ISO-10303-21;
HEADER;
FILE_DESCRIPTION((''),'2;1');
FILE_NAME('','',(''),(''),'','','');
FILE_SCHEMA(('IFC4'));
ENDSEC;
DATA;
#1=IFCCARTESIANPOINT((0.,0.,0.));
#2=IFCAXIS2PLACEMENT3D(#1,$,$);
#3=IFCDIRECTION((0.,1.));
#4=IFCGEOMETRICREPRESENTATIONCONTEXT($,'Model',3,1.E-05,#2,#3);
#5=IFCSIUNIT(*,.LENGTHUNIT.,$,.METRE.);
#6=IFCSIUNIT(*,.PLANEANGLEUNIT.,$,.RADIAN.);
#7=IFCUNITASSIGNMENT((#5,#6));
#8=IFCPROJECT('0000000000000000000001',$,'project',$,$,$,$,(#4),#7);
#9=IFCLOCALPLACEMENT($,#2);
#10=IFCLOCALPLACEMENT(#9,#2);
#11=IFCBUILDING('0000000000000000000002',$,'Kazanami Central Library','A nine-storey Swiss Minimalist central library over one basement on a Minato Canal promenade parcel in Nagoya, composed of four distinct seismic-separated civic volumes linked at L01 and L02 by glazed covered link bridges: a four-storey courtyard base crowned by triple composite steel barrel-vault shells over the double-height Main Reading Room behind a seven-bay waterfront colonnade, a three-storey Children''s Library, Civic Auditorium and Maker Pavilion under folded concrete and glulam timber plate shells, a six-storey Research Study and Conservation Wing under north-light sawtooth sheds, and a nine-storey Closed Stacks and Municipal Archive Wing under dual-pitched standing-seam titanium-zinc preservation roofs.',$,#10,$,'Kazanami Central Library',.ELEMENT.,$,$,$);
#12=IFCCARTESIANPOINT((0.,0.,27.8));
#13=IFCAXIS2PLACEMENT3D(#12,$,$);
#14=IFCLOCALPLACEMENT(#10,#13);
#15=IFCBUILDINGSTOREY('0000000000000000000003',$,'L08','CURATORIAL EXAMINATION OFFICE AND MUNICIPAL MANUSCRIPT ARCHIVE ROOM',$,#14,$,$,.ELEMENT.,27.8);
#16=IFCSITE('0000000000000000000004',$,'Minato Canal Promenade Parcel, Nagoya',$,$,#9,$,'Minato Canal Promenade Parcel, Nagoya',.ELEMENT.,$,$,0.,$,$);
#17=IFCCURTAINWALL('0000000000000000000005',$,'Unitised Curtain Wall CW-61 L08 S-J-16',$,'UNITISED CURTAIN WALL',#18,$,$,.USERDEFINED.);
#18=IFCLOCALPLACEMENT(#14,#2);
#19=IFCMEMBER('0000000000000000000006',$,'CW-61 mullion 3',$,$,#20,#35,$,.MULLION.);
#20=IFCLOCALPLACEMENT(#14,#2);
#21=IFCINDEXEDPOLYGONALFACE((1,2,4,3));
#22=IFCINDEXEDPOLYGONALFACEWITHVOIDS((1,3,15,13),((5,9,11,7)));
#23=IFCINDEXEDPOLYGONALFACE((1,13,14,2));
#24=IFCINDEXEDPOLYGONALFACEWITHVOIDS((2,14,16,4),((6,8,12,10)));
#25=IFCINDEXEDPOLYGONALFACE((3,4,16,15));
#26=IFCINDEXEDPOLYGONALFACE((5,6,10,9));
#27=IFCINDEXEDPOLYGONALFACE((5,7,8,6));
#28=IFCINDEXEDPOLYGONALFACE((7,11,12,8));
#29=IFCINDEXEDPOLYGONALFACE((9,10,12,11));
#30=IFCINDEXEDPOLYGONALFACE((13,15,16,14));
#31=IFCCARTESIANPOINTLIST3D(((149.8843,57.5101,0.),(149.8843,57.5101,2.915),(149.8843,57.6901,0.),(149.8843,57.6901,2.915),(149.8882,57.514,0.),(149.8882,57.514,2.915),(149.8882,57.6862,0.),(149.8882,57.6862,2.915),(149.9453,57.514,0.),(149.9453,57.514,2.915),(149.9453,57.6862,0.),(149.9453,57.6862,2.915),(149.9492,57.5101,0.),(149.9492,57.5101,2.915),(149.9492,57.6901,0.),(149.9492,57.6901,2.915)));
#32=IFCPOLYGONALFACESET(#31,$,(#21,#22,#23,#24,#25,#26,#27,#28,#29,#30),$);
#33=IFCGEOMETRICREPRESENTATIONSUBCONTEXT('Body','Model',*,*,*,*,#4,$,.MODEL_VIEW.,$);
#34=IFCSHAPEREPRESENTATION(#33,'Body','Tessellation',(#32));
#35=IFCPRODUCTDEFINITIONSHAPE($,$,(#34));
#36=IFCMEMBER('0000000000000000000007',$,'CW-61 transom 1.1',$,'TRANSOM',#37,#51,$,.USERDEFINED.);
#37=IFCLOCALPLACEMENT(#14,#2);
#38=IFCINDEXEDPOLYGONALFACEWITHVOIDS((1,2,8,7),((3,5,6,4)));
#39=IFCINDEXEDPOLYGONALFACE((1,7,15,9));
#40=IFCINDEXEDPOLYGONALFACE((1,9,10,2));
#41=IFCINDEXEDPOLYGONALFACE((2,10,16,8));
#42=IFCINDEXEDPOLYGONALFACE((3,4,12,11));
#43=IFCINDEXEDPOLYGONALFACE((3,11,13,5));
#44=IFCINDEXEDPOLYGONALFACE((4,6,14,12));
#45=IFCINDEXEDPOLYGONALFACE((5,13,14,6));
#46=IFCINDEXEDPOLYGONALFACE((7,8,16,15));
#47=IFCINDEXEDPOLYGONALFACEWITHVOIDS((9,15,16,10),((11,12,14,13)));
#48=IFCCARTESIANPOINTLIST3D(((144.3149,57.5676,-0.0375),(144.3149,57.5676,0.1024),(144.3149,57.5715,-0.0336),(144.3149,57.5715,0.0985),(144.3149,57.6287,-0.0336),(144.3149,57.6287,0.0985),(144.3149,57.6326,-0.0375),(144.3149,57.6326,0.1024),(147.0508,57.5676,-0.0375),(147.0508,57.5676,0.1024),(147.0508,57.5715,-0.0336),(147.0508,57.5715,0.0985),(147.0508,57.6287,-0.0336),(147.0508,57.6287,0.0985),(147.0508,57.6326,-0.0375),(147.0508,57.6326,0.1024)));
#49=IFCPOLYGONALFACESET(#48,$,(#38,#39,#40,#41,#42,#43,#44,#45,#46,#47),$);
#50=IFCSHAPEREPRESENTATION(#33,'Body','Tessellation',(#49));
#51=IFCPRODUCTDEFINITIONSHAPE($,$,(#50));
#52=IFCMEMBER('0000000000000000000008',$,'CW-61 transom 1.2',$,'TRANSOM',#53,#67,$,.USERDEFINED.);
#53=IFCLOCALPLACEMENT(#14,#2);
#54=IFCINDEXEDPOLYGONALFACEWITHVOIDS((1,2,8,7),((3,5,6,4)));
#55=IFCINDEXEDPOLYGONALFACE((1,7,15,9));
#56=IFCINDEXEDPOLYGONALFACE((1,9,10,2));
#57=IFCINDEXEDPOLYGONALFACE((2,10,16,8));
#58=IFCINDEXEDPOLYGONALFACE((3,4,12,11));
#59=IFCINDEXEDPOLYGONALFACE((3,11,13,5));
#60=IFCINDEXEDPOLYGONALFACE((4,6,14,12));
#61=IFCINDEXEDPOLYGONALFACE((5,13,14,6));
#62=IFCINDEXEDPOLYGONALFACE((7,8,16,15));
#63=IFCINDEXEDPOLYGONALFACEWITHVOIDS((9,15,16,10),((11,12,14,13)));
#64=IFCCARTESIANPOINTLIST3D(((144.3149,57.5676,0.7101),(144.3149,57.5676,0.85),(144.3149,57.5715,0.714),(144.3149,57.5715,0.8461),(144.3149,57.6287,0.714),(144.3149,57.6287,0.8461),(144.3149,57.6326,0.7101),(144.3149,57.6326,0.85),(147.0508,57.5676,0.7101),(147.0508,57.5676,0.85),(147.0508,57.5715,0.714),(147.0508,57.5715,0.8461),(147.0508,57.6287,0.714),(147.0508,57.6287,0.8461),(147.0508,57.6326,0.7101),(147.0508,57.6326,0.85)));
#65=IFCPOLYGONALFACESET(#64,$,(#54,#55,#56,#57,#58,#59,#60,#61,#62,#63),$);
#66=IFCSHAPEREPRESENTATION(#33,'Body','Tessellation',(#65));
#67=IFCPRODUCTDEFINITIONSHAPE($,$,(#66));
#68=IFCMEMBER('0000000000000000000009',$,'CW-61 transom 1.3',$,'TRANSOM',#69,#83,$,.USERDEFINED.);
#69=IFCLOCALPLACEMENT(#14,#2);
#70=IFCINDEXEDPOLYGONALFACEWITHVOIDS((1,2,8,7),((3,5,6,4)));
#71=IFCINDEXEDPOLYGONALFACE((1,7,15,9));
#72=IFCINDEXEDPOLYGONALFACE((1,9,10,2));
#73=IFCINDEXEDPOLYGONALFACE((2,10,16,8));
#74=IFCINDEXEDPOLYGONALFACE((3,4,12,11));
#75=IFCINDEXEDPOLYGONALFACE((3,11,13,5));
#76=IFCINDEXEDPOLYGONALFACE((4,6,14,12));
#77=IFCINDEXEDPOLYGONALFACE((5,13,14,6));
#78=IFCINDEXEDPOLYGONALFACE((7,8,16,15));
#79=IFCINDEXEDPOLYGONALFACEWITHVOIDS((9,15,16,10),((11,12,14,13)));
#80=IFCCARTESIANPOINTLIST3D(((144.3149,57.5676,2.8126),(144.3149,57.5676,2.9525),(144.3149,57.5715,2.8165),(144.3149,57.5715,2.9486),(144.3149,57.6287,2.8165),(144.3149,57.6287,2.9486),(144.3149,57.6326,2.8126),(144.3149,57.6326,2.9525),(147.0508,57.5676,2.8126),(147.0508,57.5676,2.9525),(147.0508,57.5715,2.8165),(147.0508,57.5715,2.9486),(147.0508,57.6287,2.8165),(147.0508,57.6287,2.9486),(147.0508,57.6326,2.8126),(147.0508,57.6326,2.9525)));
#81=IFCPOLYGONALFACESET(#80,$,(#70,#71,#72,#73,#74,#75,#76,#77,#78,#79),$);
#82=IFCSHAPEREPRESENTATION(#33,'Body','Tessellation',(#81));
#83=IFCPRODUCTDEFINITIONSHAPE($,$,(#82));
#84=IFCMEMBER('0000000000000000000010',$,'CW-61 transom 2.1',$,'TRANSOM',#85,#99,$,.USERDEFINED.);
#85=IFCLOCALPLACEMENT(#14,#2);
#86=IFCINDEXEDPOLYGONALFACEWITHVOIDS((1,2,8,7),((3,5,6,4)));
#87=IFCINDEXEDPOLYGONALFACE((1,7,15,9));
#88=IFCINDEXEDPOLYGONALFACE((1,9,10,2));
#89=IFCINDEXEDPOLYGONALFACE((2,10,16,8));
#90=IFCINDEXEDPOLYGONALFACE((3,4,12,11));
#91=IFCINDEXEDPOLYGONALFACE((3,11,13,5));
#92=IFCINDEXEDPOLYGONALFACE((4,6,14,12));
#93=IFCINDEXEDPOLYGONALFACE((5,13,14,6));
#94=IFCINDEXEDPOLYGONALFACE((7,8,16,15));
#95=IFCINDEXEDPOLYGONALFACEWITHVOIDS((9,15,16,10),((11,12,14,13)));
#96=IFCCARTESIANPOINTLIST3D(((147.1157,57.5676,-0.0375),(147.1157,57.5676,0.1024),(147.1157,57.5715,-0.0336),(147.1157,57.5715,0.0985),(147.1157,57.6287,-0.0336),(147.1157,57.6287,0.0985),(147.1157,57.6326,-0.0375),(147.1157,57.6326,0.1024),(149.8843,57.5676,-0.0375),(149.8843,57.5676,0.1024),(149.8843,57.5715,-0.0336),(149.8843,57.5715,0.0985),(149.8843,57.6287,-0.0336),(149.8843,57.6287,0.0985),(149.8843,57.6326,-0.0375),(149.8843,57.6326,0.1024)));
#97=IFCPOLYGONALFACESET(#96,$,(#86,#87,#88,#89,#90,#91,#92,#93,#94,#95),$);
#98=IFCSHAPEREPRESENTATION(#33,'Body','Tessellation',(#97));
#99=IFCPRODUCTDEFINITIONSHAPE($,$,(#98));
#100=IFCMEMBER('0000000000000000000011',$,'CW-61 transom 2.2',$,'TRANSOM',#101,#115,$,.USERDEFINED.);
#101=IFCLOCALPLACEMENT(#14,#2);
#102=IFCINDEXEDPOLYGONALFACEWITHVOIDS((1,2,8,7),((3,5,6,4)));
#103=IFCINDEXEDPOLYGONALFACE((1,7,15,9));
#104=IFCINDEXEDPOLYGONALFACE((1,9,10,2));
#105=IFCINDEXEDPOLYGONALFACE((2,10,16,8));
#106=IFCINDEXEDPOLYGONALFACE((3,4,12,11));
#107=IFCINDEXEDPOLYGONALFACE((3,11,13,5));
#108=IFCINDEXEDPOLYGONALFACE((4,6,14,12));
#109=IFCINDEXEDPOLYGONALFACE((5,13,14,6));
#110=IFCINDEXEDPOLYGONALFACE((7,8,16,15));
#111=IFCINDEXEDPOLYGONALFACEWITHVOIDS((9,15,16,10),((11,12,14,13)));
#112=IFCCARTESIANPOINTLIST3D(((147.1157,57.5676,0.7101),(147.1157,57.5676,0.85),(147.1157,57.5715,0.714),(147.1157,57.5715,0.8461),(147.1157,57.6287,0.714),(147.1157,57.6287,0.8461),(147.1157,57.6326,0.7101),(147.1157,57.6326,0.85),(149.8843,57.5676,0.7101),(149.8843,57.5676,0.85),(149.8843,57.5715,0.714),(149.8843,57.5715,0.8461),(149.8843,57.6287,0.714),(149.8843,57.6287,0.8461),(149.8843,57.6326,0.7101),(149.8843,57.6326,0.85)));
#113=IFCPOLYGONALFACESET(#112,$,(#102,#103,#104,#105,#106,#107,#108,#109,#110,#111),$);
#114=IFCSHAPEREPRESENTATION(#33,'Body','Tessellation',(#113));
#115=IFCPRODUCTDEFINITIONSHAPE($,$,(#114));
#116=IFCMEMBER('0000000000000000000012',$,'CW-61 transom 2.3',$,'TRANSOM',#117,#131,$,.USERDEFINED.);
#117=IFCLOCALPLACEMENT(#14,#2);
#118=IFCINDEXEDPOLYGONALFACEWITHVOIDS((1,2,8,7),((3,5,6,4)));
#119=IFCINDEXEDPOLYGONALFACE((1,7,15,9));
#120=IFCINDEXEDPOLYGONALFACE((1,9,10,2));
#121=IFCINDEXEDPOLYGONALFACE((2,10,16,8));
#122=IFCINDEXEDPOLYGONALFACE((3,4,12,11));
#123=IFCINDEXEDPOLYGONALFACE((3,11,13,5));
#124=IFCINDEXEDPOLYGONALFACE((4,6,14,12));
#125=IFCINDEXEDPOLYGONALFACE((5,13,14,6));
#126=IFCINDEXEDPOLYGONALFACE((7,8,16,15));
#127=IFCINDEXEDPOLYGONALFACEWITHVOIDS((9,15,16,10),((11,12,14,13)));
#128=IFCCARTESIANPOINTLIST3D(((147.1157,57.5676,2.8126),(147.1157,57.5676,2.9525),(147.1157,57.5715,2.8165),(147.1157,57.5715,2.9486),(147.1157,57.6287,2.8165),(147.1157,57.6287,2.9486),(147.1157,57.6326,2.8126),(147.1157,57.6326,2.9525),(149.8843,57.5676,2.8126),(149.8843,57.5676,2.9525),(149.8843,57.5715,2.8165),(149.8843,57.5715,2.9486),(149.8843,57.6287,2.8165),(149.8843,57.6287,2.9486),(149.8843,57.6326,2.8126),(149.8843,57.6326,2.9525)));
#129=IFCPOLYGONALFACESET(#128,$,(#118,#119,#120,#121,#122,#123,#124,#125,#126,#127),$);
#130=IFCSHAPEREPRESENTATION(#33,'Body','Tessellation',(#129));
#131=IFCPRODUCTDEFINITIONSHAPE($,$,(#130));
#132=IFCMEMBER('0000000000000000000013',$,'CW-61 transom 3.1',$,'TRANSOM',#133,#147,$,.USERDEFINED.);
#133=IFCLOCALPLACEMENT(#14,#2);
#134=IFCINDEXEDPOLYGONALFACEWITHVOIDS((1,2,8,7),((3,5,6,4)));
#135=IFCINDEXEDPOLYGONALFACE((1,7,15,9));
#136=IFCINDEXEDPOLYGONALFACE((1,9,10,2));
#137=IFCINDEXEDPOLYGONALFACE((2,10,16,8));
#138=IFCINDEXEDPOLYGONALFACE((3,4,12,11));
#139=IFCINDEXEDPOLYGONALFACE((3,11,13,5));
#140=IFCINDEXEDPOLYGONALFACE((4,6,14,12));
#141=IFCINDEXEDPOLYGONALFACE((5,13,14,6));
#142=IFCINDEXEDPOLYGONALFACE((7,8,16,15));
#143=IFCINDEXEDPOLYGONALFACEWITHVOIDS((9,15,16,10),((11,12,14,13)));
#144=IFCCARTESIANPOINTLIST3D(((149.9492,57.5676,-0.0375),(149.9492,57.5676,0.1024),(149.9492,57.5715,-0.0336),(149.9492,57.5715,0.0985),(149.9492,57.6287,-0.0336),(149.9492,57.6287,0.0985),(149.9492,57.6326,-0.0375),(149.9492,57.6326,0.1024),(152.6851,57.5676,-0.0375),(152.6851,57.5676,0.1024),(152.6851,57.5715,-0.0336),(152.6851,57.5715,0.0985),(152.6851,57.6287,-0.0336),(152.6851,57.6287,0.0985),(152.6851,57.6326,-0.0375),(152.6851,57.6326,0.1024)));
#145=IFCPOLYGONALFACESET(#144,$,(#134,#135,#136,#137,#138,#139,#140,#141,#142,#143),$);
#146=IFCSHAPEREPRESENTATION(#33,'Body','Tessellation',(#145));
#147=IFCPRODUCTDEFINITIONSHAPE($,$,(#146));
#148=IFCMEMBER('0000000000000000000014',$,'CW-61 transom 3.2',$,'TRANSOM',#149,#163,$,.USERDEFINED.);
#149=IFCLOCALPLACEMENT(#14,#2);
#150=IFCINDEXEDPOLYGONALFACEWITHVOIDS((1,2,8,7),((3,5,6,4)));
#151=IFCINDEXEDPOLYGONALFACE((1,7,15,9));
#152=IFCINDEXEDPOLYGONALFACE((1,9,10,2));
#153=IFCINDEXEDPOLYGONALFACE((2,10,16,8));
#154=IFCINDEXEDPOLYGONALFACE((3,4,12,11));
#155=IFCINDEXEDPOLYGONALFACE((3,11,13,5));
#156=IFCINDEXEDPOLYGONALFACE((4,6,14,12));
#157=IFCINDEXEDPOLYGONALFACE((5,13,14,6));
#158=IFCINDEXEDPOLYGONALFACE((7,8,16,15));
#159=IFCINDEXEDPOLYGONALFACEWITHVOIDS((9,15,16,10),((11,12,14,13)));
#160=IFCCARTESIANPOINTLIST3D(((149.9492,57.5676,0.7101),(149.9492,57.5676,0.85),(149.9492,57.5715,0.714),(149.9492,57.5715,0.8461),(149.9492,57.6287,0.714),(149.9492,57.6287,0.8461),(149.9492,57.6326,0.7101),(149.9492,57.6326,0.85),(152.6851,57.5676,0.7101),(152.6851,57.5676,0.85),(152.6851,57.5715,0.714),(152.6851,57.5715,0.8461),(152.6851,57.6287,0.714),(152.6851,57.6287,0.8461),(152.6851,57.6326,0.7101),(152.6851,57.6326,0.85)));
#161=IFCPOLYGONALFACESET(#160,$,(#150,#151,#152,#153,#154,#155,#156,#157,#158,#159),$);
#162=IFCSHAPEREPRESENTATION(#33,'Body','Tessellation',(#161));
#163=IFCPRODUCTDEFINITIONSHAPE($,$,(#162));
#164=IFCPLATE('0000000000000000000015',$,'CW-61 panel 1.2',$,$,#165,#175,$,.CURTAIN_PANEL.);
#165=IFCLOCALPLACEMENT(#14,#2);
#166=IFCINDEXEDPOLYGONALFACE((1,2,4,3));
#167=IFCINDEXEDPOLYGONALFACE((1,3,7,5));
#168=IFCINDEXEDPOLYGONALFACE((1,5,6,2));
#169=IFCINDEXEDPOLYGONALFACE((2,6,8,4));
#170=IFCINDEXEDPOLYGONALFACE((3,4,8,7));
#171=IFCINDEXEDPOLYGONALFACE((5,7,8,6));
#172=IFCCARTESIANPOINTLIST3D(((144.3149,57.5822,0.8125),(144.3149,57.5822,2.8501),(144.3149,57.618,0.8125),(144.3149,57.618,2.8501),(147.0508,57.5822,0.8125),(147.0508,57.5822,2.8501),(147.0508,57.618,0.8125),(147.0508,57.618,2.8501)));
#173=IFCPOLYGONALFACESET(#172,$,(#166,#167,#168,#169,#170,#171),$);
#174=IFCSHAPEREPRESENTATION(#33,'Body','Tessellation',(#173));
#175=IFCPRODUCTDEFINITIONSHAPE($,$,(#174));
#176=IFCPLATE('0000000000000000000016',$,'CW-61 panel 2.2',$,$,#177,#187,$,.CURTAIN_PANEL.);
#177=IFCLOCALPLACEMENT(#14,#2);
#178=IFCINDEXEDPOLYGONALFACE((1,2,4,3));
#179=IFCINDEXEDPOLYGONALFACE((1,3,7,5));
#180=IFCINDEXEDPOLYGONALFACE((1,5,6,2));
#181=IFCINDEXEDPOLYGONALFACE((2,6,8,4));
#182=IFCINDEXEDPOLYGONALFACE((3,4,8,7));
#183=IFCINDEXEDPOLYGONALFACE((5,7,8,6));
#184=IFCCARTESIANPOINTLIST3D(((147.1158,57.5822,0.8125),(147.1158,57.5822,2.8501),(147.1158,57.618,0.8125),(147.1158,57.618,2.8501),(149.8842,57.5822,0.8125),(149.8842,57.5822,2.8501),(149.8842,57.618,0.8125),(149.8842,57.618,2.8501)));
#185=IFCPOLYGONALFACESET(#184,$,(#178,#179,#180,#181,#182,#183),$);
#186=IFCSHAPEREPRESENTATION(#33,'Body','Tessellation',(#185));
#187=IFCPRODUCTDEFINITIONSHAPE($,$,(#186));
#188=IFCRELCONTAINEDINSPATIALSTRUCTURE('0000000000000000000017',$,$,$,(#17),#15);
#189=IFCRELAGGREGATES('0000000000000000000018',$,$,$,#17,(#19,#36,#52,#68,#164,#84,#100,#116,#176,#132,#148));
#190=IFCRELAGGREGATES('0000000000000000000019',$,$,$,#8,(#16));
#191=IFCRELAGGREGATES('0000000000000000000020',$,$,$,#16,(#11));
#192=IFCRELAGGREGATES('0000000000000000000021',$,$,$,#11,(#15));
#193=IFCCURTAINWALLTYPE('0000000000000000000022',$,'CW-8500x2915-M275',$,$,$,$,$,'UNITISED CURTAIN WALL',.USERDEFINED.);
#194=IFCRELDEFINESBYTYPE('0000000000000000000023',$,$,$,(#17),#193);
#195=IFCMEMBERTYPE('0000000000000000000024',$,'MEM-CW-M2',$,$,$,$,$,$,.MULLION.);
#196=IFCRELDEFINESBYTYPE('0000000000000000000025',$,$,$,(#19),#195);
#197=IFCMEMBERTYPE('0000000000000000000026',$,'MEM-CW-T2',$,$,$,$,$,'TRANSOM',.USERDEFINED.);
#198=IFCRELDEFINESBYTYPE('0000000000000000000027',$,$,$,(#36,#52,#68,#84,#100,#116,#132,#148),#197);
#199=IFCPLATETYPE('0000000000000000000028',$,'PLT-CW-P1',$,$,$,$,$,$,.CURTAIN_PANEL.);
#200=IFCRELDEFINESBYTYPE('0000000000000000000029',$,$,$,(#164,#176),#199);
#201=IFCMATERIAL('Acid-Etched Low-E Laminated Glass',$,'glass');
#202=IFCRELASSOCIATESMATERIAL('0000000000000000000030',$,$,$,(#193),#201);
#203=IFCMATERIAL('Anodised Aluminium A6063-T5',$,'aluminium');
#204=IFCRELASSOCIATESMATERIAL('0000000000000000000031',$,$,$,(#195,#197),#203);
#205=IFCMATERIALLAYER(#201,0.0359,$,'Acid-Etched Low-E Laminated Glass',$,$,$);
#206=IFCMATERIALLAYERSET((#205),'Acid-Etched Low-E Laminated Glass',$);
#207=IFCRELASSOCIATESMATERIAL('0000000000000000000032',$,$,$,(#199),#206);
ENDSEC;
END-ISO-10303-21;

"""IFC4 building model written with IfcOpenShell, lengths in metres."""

from ifc_helpers import new_model, si_unit, direction, frame, origin, origin_2d, place, context, subcontext, project, spatial, rectangle, hollow_rectangle, extrude, material, layer, layer_set, material_profile, profile_set, type_object, element, aggregate, save


model = new_model("IFC4")

# Units and contexts
model_context = context("Model", 3, precision=1e-05, world=origin(), true_north=direction((0.0, 1.0)))
body_context = subcontext(model_context, "Body", "Model", "MODEL_VIEW")
ifc_project = project(units=[si_unit("LENGTHUNIT", "METRE"), si_unit("PLANEANGLEUNIT", "RADIAN")], contexts=[model_context])

# Site, building, storey
site_placement = place(None, origin())
site = spatial("IfcSite", under=ifc_project, at=site_placement, Name="Minato Canal Promenade Parcel, Nagoya", LongName="Minato Canal Promenade Parcel, Nagoya", CompositionType="ELEMENT", RefElevation=0.0)
building_placement = place(site_placement, origin())
building = spatial("IfcBuilding", under=site, at=building_placement, Name="Kazanami Central Library", Description="A nine-storey Swiss Minimalist central library over one basement on a Minato Canal promenade parcel in Nagoya, composed of four distinct seismic-separated civic volumes linked at L01 and L02 by glazed covered link bridges: a four-storey courtyard base crowned by triple composite steel barrel-vault shells over the double-height Main Reading Room behind a seven-bay waterfront colonnade, a three-storey Children's Library, Civic Auditorium and Maker Pavilion under folded concrete and glulam timber plate shells, a six-storey Research Study and Conservation Wing under north-light sawtooth sheds, and a nine-storey Closed Stacks and Municipal Archive Wing under dual-pitched standing-seam titanium-zinc preservation roofs.", LongName="Kazanami Central Library", CompositionType="ELEMENT")
storey_placement = place(building_placement, frame((0.0, 0.0, 27.8)))
storey = spatial("IfcBuildingStorey", under=building, at=storey_placement, Name="L08", Description="CURATORIAL EXAMINATION OFFICE AND MUNICIPAL MANUSCRIPT ARCHIVE ROOM", CompositionType="ELEMENT", Elevation=27.8)

# Curtain wall, members, plates
ifc_material_1 = material(Name="Acid-Etched Low-E Laminated Glass", Category="glass")
curtain_wall_type = type_object("IfcCurtainWallType", Name="CW-8500x2915-M275", ElementType="UNITISED CURTAIN WALL", PredefinedType="USERDEFINED", material=ifc_material_1)
curtain_wall_placement = place(storey_placement, origin())
curtain_wall = element("IfcCurtainWall", 1, at=curtain_wall_placement, inside=storey, type_object=curtain_wall_type, Name="Unitised Curtain Wall CW-61 L08 S-J-16", ObjectType="UNITISED CURTAIN WALL", PredefinedType="USERDEFINED")
ifc_material_2 = material(Name="Anodised Aluminium A6063-T5", Category="aluminium")
ifc_material_profile_1 = material_profile(ifc_material_2, hollow_rectangle(XDim=0.0649, YDim=0.1799, WallThickness=0.0039, at=origin_2d()), Name="ALU-MULL-65x180x4")
ifc_profile_set_1 = profile_set([ifc_material_profile_1], Name="Anodised Aluminium A6063-T5")
member_type_1 = type_object("IfcMemberType", Name="MEM-CW-M2", PredefinedType="MULLION", material=ifc_profile_set_1)
member_1_placement = place(storey_placement, frame((149.9167, 57.6001, 0.0), z_axis=(0.0, 0.0, 1.0), x_axis=(1.0, 0.0, 0.0)))
member_1 = element("IfcMember", 2, at=member_1_placement, type_object=member_type_1, Name="CW-61 mullion 3", PredefinedType="MULLION", context=body_context, shape_type="SweptSolid", body=[
    extrude(hollow_rectangle(XDim=0.0649, YDim=0.1799, WallThickness=0.0039, at=origin_2d()), origin(), (0.0, 0.0, 1.0), 2.915),
])
ifc_material_profile_2 = material_profile(ifc_material_2, hollow_rectangle(XDim=0.0649, YDim=0.1399, WallThickness=0.0039, at=origin_2d()), Name="ALU-TRAN-65x140x4")
ifc_profile_set_2 = profile_set([ifc_material_profile_2], Name="Anodised Aluminium A6063-T5")
member_type_2 = type_object("IfcMemberType", Name="MEM-CW-T2", ElementType="TRANSOM", PredefinedType="USERDEFINED", material=ifc_profile_set_2)
member_2_placement = place(storey_placement, frame((144.3149, 57.6001, 0.0325), z_axis=(1.0, 0.0, 0.0), x_axis=(0.0, 1.0, 0.0)))
member_2 = element("IfcMember", 3, at=member_2_placement, type_object=member_type_2, Name="CW-61 transom 1.1", ObjectType="TRANSOM", PredefinedType="USERDEFINED", context=body_context, shape_type="SweptSolid", body=[
    extrude(hollow_rectangle(XDim=0.0649, YDim=0.1399, WallThickness=0.0039, at=origin_2d()), origin(), (0.0, 0.0, 1.0), 2.7358),
])
member_3_placement = place(storey_placement, frame((144.3149, 57.6001, 0.78), z_axis=(1.0, 0.0, 0.0), x_axis=(0.0, 1.0, 0.0)))
member_3 = element("IfcMember", 4, at=member_3_placement, type_object=member_type_2, Name="CW-61 transom 1.2", ObjectType="TRANSOM", PredefinedType="USERDEFINED", context=body_context, shape_type="SweptSolid", body=[
    extrude(hollow_rectangle(XDim=0.0649, YDim=0.1399, WallThickness=0.0039, at=origin_2d()), origin(), (0.0, 0.0, 1.0), 2.7358),
])
member_4_placement = place(storey_placement, frame((144.3149, 57.6001, 2.8826), z_axis=(1.0, 0.0, 0.0), x_axis=(0.0, 1.0, 0.0)))
member_4 = element("IfcMember", 5, at=member_4_placement, type_object=member_type_2, Name="CW-61 transom 1.3", ObjectType="TRANSOM", PredefinedType="USERDEFINED", context=body_context, shape_type="SweptSolid", body=[
    extrude(hollow_rectangle(XDim=0.0649, YDim=0.1399, WallThickness=0.0039, at=origin_2d()), origin(), (0.0, 0.0, 1.0), 2.7358),
])
member_5_placement = place(storey_placement, frame((147.1157, 57.6001, 0.0325), z_axis=(1.0, 0.0, 0.0), x_axis=(0.0, 1.0, 0.0)))
member_5 = element("IfcMember", 6, at=member_5_placement, type_object=member_type_2, Name="CW-61 transom 2.1", ObjectType="TRANSOM", PredefinedType="USERDEFINED", context=body_context, shape_type="SweptSolid", body=[
    extrude(hollow_rectangle(XDim=0.0649, YDim=0.1399, WallThickness=0.0039, at=origin_2d()), origin(), (0.0, 0.0, 1.0), 2.7686),
])
member_6_placement = place(storey_placement, frame((147.1157, 57.6001, 0.78), z_axis=(1.0, 0.0, 0.0), x_axis=(0.0, 1.0, 0.0)))
member_6 = element("IfcMember", 7, at=member_6_placement, type_object=member_type_2, Name="CW-61 transom 2.2", ObjectType="TRANSOM", PredefinedType="USERDEFINED", context=body_context, shape_type="SweptSolid", body=[
    extrude(hollow_rectangle(XDim=0.0649, YDim=0.1399, WallThickness=0.0039, at=origin_2d()), origin(), (0.0, 0.0, 1.0), 2.7686),
])
member_7_placement = place(storey_placement, frame((147.1157, 57.6001, 2.8826), z_axis=(1.0, 0.0, 0.0), x_axis=(0.0, 1.0, 0.0)))
member_7 = element("IfcMember", 8, at=member_7_placement, type_object=member_type_2, Name="CW-61 transom 2.3", ObjectType="TRANSOM", PredefinedType="USERDEFINED", context=body_context, shape_type="SweptSolid", body=[
    extrude(hollow_rectangle(XDim=0.0649, YDim=0.1399, WallThickness=0.0039, at=origin_2d()), origin(), (0.0, 0.0, 1.0), 2.7686),
])
member_8_placement = place(storey_placement, frame((149.9492, 57.6001, 0.0325), z_axis=(1.0, 0.0, 0.0), x_axis=(0.0, 1.0, 0.0)))
member_8 = element("IfcMember", 9, at=member_8_placement, type_object=member_type_2, Name="CW-61 transom 3.1", ObjectType="TRANSOM", PredefinedType="USERDEFINED", context=body_context, shape_type="SweptSolid", body=[
    extrude(hollow_rectangle(XDim=0.0649, YDim=0.1399, WallThickness=0.0039, at=origin_2d()), origin(), (0.0, 0.0, 1.0), 2.7358),
])
member_9_placement = place(storey_placement, frame((149.9492, 57.6001, 0.78), z_axis=(1.0, 0.0, 0.0), x_axis=(0.0, 1.0, 0.0)))
member_9 = element("IfcMember", 10, at=member_9_placement, type_object=member_type_2, Name="CW-61 transom 3.2", ObjectType="TRANSOM", PredefinedType="USERDEFINED", context=body_context, shape_type="SweptSolid", body=[
    extrude(hollow_rectangle(XDim=0.0649, YDim=0.1399, WallThickness=0.0039, at=origin_2d()), origin(), (0.0, 0.0, 1.0), 2.7358),
])
ifc_layer_1 = layer(ifc_material_1, 0.0359, Name="Acid-Etched Low-E Laminated Glass")
ifc_layer_set_1 = layer_set([ifc_layer_1], Name="Acid-Etched Low-E Laminated Glass")
plate_type_1 = type_object("IfcPlateType", Name="PLT-CW-P1", PredefinedType="CURTAIN_PANEL", material=ifc_layer_set_1)
plate_1_placement = place(storey_placement, frame((145.6829, 57.6001, 0.8125), z_axis=(0.0, 0.0, 1.0), x_axis=(1.0, 0.0, 0.0)))
plate_1 = element("IfcPlate", 11, at=plate_1_placement, type_object=plate_type_1, Name="CW-61 panel 1.2", PredefinedType="CURTAIN_PANEL", context=body_context, shape_type="SweptSolid", body=[
    extrude(rectangle(XDim=2.7358, YDim=0.0359, at=origin_2d()), origin(), (0.0, 0.0, 1.0), 2.0376),
])
plate_2_placement = place(storey_placement, frame((148.5, 57.6001, 0.8125), z_axis=(0.0, 0.0, 1.0), x_axis=(1.0, 0.0, 0.0)))
plate_2 = element("IfcPlate", 12, at=plate_2_placement, type_object=plate_type_1, Name="CW-61 panel 2.2", PredefinedType="CURTAIN_PANEL", context=body_context, shape_type="SweptSolid", body=[
    extrude(rectangle(XDim=2.7683, YDim=0.0359, at=origin_2d()), origin(), (0.0, 0.0, 1.0), 2.0376),
])
aggregate(curtain_wall, [member_1, member_2, member_3, member_4, plate_1, member_5, member_6, member_7, plate_2, member_8, member_9])

save(model, "model.ifc")
